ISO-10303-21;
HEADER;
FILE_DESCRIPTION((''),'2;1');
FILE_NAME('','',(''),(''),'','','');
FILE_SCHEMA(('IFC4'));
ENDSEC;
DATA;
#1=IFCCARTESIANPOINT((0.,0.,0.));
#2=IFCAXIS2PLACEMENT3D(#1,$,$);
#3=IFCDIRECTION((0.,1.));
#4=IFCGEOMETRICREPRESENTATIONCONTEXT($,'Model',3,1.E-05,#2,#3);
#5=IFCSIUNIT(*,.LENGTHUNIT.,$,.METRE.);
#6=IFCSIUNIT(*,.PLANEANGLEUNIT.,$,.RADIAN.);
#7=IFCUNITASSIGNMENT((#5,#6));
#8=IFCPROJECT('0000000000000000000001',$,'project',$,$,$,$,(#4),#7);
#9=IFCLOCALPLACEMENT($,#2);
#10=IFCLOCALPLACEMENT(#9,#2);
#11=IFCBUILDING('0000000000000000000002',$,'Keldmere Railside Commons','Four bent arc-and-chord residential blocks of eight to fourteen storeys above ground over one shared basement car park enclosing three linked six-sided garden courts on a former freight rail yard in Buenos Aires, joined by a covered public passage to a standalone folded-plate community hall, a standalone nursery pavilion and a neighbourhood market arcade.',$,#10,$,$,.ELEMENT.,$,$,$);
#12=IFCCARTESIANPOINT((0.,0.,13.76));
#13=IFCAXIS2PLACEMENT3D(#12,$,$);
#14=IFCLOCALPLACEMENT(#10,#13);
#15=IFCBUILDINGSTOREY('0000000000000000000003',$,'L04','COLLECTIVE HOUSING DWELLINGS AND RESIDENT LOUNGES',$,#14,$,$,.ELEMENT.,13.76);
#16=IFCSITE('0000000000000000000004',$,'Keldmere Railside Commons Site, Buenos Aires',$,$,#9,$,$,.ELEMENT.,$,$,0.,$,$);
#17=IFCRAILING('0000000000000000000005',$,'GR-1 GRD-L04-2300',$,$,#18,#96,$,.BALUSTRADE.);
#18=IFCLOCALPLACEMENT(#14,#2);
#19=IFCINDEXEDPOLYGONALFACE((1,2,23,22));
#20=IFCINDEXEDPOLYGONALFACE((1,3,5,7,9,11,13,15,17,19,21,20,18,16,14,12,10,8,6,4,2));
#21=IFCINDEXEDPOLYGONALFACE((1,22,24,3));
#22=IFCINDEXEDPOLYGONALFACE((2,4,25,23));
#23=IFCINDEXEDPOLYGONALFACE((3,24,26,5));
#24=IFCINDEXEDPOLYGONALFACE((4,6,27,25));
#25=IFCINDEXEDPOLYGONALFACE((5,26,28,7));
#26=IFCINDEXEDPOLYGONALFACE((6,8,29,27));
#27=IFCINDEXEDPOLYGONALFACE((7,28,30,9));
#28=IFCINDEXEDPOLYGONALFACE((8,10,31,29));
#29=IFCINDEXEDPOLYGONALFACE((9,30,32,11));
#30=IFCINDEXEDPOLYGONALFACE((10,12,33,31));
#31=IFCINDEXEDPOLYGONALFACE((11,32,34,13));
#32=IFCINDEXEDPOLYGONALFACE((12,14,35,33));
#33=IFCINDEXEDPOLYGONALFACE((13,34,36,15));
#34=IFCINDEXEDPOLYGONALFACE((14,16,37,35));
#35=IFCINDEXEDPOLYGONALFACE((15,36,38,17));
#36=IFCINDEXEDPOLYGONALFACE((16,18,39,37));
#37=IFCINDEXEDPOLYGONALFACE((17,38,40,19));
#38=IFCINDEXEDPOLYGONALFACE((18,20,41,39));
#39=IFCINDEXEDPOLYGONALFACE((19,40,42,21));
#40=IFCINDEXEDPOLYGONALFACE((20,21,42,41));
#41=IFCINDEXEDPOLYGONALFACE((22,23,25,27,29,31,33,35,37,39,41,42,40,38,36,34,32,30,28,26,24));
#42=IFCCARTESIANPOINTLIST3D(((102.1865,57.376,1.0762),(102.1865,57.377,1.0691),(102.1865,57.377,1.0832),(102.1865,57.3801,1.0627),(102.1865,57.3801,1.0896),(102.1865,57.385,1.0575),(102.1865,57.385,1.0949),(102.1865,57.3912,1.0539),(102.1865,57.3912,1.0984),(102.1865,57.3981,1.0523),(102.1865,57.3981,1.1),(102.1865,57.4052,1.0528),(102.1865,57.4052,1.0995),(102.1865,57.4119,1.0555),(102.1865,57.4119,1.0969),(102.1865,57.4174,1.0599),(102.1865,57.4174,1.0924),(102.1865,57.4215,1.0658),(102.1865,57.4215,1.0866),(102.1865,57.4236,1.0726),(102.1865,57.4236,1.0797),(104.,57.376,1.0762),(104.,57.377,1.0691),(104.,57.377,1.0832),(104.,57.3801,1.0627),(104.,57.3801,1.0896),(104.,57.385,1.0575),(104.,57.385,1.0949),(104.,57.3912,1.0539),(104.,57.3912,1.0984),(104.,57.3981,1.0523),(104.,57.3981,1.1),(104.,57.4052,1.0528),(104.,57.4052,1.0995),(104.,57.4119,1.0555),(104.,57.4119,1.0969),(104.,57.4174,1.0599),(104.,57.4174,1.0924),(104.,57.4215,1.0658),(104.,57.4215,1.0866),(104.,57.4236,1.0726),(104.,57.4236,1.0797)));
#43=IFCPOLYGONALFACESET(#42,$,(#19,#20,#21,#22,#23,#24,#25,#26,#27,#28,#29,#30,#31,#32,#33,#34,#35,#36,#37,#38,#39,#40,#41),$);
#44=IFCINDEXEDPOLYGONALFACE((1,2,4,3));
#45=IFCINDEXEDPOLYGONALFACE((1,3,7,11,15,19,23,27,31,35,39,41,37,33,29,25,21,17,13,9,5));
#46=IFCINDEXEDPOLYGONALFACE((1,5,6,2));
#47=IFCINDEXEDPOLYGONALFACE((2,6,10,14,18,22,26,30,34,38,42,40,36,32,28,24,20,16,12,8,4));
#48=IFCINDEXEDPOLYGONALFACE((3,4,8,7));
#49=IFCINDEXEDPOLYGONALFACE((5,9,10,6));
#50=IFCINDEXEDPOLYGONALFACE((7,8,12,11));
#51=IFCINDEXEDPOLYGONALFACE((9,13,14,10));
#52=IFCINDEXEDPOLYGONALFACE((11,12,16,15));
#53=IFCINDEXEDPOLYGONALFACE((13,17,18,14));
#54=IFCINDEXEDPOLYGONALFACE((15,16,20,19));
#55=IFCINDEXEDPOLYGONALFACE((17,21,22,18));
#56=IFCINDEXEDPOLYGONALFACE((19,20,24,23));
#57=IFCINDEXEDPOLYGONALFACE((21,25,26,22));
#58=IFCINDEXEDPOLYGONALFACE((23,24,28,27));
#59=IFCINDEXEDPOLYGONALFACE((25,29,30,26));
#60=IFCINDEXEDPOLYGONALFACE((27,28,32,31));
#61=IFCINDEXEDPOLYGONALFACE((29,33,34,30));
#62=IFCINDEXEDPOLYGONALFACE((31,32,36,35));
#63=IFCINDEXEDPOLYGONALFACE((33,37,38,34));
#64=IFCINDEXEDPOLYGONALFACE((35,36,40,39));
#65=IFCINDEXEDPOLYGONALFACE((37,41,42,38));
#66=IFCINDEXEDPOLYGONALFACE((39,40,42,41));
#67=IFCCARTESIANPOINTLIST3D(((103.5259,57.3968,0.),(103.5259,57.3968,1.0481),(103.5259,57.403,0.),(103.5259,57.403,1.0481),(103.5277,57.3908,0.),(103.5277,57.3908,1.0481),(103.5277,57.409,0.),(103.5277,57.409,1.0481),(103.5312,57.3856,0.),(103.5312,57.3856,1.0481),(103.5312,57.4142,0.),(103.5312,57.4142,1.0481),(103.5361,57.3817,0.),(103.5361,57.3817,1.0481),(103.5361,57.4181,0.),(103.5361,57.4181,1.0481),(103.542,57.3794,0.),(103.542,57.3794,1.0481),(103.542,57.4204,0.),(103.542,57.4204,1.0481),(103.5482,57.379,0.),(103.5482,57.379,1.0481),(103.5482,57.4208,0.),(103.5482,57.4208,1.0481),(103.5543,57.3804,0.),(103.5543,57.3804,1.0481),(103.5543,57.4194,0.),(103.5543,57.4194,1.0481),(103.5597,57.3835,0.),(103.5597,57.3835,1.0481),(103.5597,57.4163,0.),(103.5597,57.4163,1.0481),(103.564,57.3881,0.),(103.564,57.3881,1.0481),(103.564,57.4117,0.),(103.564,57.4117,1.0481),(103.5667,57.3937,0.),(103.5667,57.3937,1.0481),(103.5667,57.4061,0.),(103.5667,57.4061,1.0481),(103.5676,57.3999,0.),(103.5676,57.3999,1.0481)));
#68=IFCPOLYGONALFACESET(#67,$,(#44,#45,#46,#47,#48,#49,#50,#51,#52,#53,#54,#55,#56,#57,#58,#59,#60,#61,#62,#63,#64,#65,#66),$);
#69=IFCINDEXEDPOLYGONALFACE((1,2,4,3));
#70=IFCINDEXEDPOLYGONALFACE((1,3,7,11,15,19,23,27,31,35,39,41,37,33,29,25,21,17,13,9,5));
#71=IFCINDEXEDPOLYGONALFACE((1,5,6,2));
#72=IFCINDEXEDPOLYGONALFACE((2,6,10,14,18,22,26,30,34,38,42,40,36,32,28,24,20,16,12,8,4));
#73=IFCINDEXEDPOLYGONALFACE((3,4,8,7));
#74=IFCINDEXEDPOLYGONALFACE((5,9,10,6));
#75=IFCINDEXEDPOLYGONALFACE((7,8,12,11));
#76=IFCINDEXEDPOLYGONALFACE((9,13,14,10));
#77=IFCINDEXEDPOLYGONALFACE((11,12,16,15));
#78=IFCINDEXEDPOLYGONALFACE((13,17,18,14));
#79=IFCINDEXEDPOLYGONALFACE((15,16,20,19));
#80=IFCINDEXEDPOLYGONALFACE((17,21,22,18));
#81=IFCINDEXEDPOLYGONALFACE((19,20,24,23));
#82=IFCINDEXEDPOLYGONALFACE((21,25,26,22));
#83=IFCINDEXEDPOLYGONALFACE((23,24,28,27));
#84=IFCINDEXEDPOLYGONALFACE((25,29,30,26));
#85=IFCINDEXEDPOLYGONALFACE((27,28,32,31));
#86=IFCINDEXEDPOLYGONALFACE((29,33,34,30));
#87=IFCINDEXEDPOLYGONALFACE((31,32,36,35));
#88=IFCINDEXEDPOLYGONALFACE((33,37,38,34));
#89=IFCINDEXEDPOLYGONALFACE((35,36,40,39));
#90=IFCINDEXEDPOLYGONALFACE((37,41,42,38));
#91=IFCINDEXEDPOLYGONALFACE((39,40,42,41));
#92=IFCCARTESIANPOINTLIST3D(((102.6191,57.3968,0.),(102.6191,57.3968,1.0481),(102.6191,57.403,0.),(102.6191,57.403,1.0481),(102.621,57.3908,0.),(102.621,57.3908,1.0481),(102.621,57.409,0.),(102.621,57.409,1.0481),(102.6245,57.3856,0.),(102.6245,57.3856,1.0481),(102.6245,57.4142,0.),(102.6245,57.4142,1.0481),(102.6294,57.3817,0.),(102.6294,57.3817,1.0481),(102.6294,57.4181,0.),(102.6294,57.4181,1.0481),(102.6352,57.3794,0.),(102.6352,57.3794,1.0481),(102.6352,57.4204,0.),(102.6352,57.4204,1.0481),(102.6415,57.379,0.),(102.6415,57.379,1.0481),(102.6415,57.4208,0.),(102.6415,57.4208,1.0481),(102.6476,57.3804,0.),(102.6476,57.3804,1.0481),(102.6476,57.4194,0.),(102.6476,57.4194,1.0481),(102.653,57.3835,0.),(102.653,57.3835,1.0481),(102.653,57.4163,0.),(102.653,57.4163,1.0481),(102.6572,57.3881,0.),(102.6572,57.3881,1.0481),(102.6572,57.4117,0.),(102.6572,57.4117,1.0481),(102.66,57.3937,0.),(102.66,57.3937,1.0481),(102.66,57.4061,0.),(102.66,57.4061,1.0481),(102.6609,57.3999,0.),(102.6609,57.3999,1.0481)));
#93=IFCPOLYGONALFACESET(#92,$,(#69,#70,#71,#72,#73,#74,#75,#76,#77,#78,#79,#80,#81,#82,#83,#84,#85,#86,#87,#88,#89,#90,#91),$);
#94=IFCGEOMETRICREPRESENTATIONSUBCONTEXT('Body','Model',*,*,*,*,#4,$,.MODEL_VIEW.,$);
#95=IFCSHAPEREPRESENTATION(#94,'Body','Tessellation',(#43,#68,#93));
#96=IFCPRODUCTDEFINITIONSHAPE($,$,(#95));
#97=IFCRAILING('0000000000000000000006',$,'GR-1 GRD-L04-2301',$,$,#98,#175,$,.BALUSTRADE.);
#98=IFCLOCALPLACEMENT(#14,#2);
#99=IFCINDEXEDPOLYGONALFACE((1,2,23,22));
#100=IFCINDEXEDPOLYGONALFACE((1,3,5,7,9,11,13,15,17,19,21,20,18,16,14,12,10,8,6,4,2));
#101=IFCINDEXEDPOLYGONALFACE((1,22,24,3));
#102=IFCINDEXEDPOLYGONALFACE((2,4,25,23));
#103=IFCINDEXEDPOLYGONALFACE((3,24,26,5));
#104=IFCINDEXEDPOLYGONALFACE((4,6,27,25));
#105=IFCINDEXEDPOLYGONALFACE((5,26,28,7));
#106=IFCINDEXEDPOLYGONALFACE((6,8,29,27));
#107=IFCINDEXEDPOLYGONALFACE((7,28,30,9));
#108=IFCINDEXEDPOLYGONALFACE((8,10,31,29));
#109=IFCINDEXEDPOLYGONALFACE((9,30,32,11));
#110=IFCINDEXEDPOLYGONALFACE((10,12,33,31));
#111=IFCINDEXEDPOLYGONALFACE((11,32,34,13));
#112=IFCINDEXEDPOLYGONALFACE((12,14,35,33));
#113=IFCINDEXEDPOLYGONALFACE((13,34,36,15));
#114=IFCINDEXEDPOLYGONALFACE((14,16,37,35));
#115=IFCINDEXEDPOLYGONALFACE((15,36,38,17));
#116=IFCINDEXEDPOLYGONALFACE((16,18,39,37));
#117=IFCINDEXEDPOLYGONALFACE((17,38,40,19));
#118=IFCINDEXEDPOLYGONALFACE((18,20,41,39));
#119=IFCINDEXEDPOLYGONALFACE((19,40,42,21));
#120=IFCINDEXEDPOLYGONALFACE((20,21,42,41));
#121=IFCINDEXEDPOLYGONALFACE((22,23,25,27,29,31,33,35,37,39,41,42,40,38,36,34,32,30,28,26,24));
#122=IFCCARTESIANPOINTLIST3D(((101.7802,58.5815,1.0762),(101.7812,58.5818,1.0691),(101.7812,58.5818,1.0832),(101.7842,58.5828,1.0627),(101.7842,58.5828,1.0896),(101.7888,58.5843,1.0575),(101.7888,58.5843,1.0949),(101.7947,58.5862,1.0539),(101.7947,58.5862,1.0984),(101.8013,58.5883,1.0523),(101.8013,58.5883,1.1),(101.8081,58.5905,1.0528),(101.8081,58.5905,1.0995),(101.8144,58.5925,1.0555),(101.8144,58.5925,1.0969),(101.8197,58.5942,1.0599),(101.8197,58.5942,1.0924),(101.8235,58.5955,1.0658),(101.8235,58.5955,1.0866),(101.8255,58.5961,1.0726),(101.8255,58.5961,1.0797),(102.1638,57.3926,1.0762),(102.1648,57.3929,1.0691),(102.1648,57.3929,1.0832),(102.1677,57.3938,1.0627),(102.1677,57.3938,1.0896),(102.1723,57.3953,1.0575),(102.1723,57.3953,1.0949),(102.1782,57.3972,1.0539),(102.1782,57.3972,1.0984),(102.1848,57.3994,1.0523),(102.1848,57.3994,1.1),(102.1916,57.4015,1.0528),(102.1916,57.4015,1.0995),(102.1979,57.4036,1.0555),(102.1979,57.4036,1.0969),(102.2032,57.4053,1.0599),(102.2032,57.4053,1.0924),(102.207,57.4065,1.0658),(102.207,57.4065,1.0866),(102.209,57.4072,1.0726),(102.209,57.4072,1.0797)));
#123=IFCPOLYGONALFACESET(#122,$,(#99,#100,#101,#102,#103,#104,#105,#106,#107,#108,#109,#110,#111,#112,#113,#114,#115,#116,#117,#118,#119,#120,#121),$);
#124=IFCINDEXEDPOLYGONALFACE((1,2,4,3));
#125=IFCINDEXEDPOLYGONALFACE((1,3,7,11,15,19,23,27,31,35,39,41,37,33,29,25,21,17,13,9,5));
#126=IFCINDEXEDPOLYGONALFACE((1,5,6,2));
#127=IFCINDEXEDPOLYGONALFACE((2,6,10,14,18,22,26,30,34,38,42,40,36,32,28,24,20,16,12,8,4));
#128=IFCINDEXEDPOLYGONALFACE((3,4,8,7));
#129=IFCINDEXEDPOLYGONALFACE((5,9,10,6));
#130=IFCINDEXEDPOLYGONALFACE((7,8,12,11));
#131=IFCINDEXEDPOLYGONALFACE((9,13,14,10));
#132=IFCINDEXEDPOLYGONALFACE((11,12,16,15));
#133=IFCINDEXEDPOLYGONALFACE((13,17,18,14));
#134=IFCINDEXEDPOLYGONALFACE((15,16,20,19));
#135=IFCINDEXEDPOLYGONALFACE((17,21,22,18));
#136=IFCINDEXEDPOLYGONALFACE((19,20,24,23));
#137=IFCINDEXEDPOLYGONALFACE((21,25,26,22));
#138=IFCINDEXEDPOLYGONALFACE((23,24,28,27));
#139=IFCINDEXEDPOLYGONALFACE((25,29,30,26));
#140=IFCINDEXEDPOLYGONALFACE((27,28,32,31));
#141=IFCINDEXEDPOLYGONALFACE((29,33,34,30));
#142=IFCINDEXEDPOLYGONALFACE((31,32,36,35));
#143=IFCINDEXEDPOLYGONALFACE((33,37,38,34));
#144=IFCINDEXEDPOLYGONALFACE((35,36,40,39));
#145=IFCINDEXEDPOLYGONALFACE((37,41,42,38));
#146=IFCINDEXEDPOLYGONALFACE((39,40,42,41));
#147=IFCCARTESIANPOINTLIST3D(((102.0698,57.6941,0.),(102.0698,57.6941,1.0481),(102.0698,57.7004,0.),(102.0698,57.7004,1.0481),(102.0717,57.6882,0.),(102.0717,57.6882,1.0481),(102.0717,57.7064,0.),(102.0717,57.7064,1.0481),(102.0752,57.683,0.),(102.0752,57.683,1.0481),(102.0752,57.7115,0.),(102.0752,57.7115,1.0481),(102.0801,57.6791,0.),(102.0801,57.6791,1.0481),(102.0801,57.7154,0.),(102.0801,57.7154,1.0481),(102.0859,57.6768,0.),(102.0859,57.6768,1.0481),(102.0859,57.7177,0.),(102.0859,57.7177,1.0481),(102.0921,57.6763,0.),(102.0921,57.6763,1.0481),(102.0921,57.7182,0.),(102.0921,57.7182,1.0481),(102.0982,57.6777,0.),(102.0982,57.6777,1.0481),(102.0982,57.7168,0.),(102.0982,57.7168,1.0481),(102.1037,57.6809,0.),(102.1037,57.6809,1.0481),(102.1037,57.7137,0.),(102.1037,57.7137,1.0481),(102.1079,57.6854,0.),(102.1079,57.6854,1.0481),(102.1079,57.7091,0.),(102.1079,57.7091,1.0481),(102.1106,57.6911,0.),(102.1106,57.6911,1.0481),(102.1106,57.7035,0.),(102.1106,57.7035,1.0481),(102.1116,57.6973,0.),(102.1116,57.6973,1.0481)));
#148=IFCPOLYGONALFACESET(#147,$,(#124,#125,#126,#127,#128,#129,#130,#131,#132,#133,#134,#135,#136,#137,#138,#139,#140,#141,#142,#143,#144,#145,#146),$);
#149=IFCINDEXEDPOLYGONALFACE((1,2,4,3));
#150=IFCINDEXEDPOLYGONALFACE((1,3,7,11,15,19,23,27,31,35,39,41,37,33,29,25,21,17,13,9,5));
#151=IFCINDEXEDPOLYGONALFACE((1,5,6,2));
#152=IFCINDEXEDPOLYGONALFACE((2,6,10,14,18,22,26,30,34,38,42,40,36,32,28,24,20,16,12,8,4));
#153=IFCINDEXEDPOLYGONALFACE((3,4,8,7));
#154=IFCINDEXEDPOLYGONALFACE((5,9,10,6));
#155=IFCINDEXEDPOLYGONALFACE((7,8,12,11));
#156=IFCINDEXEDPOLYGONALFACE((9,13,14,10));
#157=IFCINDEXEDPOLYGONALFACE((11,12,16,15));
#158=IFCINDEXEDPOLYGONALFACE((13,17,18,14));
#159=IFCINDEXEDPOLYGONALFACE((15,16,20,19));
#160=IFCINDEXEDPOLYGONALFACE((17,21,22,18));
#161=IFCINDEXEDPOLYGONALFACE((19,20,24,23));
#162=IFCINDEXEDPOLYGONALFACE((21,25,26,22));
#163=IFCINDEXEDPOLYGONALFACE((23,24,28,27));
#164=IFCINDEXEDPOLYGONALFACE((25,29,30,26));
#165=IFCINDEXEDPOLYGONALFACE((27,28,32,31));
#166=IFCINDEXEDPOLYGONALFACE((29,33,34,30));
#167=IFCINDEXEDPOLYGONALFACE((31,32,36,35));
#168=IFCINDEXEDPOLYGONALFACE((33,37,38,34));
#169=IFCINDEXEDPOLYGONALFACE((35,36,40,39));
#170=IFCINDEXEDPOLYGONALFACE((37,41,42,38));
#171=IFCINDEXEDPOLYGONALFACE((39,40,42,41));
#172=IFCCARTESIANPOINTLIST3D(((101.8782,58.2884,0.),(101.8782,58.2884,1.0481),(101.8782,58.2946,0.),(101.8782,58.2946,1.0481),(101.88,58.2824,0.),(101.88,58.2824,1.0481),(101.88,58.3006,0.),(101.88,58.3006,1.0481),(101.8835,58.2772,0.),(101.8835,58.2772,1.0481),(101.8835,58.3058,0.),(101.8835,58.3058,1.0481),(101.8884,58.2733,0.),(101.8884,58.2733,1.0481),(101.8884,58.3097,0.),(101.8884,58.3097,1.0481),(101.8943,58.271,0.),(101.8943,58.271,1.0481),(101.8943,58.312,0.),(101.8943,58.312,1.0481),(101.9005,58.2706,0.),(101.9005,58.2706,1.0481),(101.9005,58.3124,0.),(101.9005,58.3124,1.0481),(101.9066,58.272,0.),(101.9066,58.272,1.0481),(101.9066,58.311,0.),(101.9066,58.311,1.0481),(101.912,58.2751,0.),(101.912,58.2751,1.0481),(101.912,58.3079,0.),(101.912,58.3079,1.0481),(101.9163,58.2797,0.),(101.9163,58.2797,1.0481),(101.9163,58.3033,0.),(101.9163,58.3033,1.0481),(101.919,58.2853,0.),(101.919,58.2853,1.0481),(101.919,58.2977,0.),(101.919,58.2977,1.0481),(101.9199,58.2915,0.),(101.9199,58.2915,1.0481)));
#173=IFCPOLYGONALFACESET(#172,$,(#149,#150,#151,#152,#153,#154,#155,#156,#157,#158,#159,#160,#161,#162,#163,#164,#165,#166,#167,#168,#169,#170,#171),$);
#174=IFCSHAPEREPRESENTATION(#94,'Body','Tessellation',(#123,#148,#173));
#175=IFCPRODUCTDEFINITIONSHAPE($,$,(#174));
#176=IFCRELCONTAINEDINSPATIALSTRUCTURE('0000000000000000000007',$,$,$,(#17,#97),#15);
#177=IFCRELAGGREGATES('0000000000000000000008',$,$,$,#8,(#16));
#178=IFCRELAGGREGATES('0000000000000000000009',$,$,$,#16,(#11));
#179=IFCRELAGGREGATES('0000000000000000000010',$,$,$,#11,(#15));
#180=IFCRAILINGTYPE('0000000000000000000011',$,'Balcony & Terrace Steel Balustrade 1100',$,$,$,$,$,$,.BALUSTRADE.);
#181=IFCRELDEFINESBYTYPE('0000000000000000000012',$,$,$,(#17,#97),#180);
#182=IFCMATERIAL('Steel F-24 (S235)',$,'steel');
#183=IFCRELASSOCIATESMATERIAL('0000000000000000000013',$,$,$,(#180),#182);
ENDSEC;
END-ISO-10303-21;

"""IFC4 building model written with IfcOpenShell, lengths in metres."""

from ifc_helpers import new_model, si_unit, direction, frame, origin, origin_2d, place, context, subcontext, project, spatial, circle, extrude, material, type_object, element, save


model = new_model("IFC4")

# Units and contexts
model_context = context("Model", 3, precision=1e-05, world=origin(), true_north=direction((0.0, 1.0)))
body_context = subcontext(model_context, "Body", "Model", "MODEL_VIEW")
ifc_project = project(units=[si_unit("LENGTHUNIT", "METRE"), si_unit("PLANEANGLEUNIT", "RADIAN")], contexts=[model_context])

# Site, building, storey
site_placement = place(None, origin())
site = spatial("IfcSite", under=ifc_project, at=site_placement, Name="Keldmere Railside Commons Site, Buenos Aires", CompositionType="ELEMENT", RefElevation=0.0)
building_placement = place(site_placement, origin())
building = spatial("IfcBuilding", under=site, at=building_placement, Name="Keldmere Railside Commons", Description="Four bent arc-and-chord residential blocks of eight to fourteen storeys above ground over one shared basement car park enclosing three linked six-sided garden courts on a former freight rail yard in Buenos Aires, joined by a covered public passage to a standalone folded-plate community hall, a standalone nursery pavilion and a neighbourhood market arcade.", CompositionType="ELEMENT")
storey_placement = place(building_placement, frame((0.0, 0.0, 13.76)))
storey = spatial("IfcBuildingStorey", under=building, at=storey_placement, Name="L04", Description="COLLECTIVE HOUSING DWELLINGS AND RESIDENT LOUNGES", CompositionType="ELEMENT", Elevation=13.76)

# Railings
ifc_material_1 = material(Name="Steel F-24 (S235)", Category="steel")
railing_type = type_object("IfcRailingType", Name="Balcony & Terrace Steel Balustrade 1100", PredefinedType="BALUSTRADE", material=ifc_material_1)
railing_1_placement = place(storey_placement, frame((104.0, 57.3999, 0.0)))
element("IfcRailing", 1, at=railing_1_placement, inside=storey, type_object=railing_type, Name="GR-1 GRD-L04-2300", PredefinedType="BALUSTRADE", context=body_context, shape_type="SweptSolid", body=[
    extrude(circle(Radius=0.0239, at=origin_2d()), frame((0.0, 0.0, 1.0762), z_axis=(-1.0, 0.0, 0.0), x_axis=(0.0, -1.0, 0.0)), (0.0, 0.0, 1.0), 1.8135),
    extrude(circle(Radius=0.021, at=origin_2d()), frame((-0.4534, 0.0, 0.0)), (0.0, 0.0, 1.0), 1.0481),
    extrude(circle(Radius=0.021, at=origin_2d()), frame((-1.3601, 0.0, 0.0)), (0.0, 0.0, 1.0), 1.0481),
])
railing_2_placement = place(storey_placement, frame((102.1865, 57.3999, 0.0)))
element("IfcRailing", 2, at=railing_2_placement, inside=storey, type_object=railing_type, Name="GR-1 GRD-L04-2301", PredefinedType="BALUSTRADE", context=body_context, shape_type="SweptSolid", body=[
    extrude(circle(Radius=0.0239, at=origin_2d()), frame((0.0, 0.0, 1.0762), z_axis=(-0.307008, 0.951707, 0.0), x_axis=(-0.951707, -0.307008, 0.0)), (0.0, 0.0, 1.0), 1.2493),
    extrude(circle(Radius=0.021, at=origin_2d()), frame((-0.0959, 0.2974, 0.0)), (0.0, 0.0, 1.0), 1.0481),
    extrude(circle(Radius=0.021, at=origin_2d()), frame((-0.2876, 0.8916, 0.0)), (0.0, 0.0, 1.0), 1.0481),
])

save(model, "model.ifc")
